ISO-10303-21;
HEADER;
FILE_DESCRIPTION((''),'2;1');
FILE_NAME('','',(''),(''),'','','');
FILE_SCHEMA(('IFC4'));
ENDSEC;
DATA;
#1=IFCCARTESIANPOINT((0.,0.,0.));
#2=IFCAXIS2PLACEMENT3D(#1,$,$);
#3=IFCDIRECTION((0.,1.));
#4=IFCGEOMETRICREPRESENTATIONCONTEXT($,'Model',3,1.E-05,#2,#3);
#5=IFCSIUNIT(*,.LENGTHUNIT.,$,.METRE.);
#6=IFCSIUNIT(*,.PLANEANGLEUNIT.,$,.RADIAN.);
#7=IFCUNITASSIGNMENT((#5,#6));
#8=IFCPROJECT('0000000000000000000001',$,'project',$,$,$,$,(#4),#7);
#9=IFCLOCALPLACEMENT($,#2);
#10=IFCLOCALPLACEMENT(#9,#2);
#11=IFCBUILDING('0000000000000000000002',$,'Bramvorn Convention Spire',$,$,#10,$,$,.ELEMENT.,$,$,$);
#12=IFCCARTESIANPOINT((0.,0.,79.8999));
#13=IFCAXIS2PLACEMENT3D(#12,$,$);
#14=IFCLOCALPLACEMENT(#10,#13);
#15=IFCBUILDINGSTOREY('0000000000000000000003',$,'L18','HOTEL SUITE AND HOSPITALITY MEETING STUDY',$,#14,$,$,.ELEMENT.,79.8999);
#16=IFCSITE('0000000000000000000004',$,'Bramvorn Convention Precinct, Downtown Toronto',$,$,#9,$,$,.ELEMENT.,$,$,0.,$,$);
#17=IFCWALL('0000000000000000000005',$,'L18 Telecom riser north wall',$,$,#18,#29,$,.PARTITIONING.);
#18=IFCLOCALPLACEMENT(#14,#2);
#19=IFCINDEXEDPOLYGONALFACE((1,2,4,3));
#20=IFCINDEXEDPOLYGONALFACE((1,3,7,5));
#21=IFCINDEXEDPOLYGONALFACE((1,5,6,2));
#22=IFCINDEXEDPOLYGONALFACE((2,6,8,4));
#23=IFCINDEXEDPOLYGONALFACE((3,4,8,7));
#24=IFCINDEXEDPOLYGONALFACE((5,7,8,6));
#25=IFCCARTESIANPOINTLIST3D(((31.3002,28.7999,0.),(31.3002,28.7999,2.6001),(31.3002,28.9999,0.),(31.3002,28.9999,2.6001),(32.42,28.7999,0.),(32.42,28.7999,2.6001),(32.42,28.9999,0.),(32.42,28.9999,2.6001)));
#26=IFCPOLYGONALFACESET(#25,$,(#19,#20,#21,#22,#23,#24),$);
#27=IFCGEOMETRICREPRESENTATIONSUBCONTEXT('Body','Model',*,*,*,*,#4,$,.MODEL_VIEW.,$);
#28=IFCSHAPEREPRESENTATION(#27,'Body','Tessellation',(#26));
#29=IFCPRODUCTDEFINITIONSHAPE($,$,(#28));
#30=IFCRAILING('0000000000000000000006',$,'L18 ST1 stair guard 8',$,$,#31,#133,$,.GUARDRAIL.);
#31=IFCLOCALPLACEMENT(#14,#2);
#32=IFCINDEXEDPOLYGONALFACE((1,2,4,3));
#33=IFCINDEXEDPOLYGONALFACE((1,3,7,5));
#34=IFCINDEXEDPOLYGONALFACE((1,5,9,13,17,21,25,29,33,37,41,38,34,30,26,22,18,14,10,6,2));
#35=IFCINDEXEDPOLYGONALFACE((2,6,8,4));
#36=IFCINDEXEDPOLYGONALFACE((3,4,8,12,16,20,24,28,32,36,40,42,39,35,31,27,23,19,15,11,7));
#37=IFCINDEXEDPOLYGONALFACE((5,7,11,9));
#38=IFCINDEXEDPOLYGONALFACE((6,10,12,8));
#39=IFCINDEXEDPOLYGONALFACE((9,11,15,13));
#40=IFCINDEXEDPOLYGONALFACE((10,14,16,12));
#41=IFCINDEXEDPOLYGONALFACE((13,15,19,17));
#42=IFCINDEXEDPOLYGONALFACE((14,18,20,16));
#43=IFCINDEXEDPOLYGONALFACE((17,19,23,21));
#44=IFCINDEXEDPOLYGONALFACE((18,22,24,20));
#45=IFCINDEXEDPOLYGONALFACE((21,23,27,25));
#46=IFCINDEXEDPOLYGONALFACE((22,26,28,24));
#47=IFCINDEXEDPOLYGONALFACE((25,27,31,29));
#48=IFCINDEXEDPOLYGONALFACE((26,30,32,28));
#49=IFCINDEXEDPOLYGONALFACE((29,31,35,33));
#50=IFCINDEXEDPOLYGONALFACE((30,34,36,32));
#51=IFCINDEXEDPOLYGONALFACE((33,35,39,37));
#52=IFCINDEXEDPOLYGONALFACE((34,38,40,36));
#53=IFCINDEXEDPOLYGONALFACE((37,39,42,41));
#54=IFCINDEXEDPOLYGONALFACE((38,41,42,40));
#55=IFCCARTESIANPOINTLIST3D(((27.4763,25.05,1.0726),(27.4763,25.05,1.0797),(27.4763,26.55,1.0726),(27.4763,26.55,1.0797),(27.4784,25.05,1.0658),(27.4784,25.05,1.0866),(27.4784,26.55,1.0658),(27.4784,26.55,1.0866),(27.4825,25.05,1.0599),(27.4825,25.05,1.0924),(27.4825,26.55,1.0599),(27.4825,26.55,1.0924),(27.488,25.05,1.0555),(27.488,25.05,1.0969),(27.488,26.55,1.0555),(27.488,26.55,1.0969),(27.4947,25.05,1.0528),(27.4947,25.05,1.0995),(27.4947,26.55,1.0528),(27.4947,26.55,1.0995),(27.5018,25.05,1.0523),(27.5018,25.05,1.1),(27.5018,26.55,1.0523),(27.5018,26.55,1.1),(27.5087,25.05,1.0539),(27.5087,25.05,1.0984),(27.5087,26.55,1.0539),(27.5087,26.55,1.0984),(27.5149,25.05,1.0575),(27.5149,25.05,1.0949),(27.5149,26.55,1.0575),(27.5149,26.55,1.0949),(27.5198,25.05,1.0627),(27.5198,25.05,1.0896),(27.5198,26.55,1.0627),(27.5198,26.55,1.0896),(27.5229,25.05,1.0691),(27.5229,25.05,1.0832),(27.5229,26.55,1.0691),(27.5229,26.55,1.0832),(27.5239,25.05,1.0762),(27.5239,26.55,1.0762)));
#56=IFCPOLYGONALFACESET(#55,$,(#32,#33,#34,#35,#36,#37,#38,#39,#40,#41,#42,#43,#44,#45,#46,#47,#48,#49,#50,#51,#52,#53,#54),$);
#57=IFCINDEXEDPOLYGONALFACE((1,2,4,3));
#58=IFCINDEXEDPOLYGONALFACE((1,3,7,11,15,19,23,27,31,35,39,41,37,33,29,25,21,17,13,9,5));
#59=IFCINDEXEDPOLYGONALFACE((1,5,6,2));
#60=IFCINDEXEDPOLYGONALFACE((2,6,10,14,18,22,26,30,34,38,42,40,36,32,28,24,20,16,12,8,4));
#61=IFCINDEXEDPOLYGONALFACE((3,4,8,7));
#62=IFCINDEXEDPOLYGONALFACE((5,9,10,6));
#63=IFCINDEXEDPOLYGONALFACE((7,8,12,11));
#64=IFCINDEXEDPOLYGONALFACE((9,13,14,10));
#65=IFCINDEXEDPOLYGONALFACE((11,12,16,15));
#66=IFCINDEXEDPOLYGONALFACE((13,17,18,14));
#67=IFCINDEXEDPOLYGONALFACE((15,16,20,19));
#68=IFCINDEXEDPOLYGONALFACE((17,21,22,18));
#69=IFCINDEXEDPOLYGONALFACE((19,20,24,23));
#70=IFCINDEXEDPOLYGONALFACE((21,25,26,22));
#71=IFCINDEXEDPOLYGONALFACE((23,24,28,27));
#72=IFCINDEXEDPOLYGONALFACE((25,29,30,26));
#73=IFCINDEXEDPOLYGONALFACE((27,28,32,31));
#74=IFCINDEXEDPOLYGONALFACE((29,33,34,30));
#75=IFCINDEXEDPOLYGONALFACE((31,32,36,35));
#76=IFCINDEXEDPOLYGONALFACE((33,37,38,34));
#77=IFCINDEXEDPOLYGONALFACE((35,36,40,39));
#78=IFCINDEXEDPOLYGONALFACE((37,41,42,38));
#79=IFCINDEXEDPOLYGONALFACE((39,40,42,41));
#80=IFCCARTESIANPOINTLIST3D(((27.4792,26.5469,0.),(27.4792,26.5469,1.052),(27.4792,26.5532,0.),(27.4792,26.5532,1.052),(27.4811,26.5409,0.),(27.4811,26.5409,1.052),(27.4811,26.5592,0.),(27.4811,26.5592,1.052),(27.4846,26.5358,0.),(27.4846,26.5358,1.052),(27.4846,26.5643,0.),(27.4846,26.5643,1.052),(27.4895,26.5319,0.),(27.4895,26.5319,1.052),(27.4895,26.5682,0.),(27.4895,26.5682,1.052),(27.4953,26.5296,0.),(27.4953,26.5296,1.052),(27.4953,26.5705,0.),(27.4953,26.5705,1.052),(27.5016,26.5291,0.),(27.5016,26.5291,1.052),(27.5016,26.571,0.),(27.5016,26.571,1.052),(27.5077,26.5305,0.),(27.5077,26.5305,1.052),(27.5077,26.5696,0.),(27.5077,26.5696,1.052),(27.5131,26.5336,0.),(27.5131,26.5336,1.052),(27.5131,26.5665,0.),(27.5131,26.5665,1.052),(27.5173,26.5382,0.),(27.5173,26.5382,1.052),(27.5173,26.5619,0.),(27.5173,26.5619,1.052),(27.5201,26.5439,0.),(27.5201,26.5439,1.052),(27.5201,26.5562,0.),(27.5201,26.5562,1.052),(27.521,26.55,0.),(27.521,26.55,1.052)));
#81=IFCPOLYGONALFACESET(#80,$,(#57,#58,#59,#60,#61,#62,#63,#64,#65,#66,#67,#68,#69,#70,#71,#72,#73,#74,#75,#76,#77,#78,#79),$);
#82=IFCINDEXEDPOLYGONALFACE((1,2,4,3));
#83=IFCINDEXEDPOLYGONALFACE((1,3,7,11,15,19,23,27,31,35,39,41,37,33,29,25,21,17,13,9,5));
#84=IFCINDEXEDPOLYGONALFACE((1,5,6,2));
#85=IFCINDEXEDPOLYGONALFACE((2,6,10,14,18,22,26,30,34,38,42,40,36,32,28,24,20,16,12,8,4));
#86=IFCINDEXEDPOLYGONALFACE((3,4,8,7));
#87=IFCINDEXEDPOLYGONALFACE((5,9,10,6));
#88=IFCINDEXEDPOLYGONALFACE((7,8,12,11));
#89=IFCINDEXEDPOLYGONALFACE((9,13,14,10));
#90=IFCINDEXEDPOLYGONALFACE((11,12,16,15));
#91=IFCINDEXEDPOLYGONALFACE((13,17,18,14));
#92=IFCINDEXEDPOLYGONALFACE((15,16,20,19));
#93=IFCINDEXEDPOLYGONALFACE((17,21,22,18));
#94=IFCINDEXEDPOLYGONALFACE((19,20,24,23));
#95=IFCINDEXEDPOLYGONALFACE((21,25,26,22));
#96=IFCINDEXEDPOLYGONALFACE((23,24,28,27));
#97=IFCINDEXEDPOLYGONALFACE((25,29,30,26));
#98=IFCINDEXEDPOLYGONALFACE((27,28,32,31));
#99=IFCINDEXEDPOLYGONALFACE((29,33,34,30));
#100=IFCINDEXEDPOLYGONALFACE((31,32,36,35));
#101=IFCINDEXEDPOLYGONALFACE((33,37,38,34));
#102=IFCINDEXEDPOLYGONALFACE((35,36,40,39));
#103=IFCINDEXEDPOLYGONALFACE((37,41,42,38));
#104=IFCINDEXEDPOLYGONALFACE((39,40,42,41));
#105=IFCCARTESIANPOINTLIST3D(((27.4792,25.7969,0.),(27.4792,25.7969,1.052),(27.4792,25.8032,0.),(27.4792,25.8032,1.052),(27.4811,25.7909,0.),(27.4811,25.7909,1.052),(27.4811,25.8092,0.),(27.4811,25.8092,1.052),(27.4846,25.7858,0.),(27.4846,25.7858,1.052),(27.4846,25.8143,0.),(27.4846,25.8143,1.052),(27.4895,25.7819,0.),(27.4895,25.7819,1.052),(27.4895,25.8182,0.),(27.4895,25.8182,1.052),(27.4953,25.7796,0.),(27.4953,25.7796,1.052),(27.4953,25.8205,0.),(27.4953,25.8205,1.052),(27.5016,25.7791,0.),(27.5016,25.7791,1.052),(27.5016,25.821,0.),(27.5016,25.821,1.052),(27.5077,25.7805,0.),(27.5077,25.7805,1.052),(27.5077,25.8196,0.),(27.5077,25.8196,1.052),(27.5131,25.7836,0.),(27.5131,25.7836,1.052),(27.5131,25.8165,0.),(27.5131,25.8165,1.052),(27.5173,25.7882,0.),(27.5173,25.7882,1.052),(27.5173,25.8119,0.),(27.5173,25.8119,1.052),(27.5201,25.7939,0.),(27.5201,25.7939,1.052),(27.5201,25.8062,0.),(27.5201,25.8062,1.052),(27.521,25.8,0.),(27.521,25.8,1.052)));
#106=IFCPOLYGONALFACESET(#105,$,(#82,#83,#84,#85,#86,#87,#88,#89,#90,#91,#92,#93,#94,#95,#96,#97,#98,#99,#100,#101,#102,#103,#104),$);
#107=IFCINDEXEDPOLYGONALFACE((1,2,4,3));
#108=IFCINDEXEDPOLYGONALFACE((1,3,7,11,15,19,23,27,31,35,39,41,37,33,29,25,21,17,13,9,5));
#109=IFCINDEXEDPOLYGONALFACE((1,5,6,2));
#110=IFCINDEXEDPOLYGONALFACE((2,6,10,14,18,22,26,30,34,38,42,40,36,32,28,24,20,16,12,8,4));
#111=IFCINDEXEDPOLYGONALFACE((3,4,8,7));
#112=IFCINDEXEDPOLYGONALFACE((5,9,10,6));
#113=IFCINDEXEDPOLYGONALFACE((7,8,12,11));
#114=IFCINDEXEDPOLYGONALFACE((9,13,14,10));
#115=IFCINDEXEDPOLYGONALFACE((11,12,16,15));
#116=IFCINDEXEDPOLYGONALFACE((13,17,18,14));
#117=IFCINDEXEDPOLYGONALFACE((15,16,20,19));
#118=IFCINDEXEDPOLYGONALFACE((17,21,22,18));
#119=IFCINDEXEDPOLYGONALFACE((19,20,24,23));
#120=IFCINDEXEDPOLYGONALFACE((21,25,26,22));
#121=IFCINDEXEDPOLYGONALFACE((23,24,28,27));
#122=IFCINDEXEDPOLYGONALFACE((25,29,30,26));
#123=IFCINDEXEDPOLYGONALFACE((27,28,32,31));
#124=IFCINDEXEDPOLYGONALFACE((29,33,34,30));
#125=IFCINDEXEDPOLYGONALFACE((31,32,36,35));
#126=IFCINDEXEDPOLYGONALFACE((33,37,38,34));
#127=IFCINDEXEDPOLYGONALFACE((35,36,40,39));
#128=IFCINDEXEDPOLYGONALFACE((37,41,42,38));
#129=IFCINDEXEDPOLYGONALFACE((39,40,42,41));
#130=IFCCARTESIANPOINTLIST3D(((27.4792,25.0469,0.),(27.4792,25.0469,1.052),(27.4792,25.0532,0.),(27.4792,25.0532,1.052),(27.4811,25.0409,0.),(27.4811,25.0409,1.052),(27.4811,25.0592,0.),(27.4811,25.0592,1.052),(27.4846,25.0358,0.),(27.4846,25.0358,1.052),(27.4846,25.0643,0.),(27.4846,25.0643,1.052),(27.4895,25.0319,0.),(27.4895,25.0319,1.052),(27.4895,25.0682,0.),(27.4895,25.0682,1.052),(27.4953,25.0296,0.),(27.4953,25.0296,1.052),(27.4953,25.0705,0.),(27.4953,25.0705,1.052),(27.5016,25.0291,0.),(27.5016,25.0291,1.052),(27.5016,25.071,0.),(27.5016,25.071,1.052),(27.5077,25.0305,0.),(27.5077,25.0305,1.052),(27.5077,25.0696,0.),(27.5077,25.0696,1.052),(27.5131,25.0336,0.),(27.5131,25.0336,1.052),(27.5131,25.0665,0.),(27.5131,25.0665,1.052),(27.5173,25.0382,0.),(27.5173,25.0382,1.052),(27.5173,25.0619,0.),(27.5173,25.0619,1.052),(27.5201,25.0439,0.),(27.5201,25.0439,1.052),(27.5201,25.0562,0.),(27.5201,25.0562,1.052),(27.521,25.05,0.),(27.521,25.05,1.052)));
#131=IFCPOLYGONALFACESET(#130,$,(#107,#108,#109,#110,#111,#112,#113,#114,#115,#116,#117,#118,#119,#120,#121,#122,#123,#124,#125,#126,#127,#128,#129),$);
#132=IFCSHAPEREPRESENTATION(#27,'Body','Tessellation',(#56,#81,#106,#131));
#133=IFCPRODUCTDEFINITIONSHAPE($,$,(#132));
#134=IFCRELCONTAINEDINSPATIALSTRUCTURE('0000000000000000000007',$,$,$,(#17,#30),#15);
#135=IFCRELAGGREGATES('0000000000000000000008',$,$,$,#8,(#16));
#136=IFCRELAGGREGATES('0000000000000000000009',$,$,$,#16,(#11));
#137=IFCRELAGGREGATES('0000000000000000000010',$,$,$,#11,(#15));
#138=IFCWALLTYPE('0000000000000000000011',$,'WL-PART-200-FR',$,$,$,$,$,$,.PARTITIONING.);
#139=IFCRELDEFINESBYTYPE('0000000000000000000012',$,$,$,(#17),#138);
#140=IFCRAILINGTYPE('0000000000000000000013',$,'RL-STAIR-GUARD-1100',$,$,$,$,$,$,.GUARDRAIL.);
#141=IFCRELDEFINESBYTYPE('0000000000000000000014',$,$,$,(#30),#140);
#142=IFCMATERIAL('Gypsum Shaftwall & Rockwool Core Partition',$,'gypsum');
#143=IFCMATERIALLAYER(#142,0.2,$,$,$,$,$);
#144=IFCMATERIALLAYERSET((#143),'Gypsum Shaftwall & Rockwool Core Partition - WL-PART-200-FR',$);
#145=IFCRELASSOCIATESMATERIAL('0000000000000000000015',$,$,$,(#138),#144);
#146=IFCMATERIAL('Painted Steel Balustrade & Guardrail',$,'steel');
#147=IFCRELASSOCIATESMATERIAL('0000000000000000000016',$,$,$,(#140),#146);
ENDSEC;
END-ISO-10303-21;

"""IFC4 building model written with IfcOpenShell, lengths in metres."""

from ifc_helpers import new_model, si_unit, direction, frame, frame_2d, origin, origin_2d, place, context, subcontext, project, spatial, rectangle, circle, extrude, material, layer, layer_set, type_object, element, save


model = new_model("IFC4")

# Units and contexts
model_context = context("Model", 3, precision=1e-05, world=origin(), true_north=direction((0.0, 1.0)))
body_context = subcontext(model_context, "Body", "Model", "MODEL_VIEW")
ifc_project = project(units=[si_unit("LENGTHUNIT", "METRE"), si_unit("PLANEANGLEUNIT", "RADIAN")], contexts=[model_context])

# Site, building, storey
site_placement = place(None, origin())
site = spatial("IfcSite", under=ifc_project, at=site_placement, Name="Bramvorn Convention Precinct, Downtown Toronto", CompositionType="ELEMENT", RefElevation=0.0)
building_placement = place(site_placement, origin())
building = spatial("IfcBuilding", under=site, at=building_placement, Name="Bramvorn Convention Spire", CompositionType="ELEMENT")
storey_placement = place(building_placement, frame((0.0, 0.0, 79.8999)))
storey = spatial("IfcBuildingStorey", under=building, at=storey_placement, Name="L18", Description="HOTEL SUITE AND HOSPITALITY MEETING STUDY", CompositionType="ELEMENT", Elevation=79.8999)

# Shared definitions
ifc_material_1 = material(Name="Gypsum Shaftwall & Rockwool Core Partition", Category="gypsum")
ifc_layer_1 = layer(ifc_material_1, 0.2)
ifc_layer_set_1 = layer_set([ifc_layer_1], Name="Gypsum Shaftwall & Rockwool Core Partition - WL-PART-200-FR")
wall_type_1 = type_object("IfcWallType", Name="WL-PART-200-FR", PredefinedType="PARTITIONING", material=ifc_layer_set_1)

# Wall
wall_1_placement = place(storey_placement, frame((31.3, 28.8999, 0.0), z_axis=(0.0, 0.0, 1.0), x_axis=(1.0, 0.0, 0.0)))
element("IfcWall", 1, at=wall_1_placement, inside=storey, type_object=wall_type_1, Name="L18 Telecom riser north wall", PredefinedType="PARTITIONING", context=body_context, shape_type="SweptSolid", body=[
    extrude(rectangle(XDim=1.1199, YDim=0.2, at=frame_2d((0.5601, 0.0))), origin(), (0.0, 0.0, 1.0), 2.6001),
])

# Railing
ifc_material_2 = material(Name="Painted Steel Balustrade & Guardrail", Category="steel")
railing_type = type_object("IfcRailingType", Name="RL-STAIR-GUARD-1100", PredefinedType="GUARDRAIL", material=ifc_material_2)
for number, where, name in (
    (2, (27.5, 26.55, 0.0), "L18 ST1 stair guard 8"),
):
    element("IfcRailing", number, at=place(storey_placement, frame(where)), inside=storey, type_object=railing_type, Name=name, PredefinedType="GUARDRAIL", context=body_context, shape_type="SweptSolid", body=[
        extrude(circle(Radius=0.0239, at=origin_2d()), frame((0.0, 0.0, 1.0762), z_axis=(0.0, -1.0, 0.0), x_axis=(1.0, 0.0, 0.0)), (0.0, 0.0, 1.0), 1.5),
        extrude(circle(Radius=0.021, at=origin_2d()), origin(), (0.0, 0.0, 1.0), 1.052),
        extrude(circle(Radius=0.021, at=origin_2d()), frame((0.0, -0.75, 0.0)), (0.0, 0.0, 1.0), 1.052),
        extrude(circle(Radius=0.021, at=origin_2d()), frame((0.0, -1.5, 0.0)), (0.0, 0.0, 1.0), 1.052),
    ])

save(model, "model.ifc")
